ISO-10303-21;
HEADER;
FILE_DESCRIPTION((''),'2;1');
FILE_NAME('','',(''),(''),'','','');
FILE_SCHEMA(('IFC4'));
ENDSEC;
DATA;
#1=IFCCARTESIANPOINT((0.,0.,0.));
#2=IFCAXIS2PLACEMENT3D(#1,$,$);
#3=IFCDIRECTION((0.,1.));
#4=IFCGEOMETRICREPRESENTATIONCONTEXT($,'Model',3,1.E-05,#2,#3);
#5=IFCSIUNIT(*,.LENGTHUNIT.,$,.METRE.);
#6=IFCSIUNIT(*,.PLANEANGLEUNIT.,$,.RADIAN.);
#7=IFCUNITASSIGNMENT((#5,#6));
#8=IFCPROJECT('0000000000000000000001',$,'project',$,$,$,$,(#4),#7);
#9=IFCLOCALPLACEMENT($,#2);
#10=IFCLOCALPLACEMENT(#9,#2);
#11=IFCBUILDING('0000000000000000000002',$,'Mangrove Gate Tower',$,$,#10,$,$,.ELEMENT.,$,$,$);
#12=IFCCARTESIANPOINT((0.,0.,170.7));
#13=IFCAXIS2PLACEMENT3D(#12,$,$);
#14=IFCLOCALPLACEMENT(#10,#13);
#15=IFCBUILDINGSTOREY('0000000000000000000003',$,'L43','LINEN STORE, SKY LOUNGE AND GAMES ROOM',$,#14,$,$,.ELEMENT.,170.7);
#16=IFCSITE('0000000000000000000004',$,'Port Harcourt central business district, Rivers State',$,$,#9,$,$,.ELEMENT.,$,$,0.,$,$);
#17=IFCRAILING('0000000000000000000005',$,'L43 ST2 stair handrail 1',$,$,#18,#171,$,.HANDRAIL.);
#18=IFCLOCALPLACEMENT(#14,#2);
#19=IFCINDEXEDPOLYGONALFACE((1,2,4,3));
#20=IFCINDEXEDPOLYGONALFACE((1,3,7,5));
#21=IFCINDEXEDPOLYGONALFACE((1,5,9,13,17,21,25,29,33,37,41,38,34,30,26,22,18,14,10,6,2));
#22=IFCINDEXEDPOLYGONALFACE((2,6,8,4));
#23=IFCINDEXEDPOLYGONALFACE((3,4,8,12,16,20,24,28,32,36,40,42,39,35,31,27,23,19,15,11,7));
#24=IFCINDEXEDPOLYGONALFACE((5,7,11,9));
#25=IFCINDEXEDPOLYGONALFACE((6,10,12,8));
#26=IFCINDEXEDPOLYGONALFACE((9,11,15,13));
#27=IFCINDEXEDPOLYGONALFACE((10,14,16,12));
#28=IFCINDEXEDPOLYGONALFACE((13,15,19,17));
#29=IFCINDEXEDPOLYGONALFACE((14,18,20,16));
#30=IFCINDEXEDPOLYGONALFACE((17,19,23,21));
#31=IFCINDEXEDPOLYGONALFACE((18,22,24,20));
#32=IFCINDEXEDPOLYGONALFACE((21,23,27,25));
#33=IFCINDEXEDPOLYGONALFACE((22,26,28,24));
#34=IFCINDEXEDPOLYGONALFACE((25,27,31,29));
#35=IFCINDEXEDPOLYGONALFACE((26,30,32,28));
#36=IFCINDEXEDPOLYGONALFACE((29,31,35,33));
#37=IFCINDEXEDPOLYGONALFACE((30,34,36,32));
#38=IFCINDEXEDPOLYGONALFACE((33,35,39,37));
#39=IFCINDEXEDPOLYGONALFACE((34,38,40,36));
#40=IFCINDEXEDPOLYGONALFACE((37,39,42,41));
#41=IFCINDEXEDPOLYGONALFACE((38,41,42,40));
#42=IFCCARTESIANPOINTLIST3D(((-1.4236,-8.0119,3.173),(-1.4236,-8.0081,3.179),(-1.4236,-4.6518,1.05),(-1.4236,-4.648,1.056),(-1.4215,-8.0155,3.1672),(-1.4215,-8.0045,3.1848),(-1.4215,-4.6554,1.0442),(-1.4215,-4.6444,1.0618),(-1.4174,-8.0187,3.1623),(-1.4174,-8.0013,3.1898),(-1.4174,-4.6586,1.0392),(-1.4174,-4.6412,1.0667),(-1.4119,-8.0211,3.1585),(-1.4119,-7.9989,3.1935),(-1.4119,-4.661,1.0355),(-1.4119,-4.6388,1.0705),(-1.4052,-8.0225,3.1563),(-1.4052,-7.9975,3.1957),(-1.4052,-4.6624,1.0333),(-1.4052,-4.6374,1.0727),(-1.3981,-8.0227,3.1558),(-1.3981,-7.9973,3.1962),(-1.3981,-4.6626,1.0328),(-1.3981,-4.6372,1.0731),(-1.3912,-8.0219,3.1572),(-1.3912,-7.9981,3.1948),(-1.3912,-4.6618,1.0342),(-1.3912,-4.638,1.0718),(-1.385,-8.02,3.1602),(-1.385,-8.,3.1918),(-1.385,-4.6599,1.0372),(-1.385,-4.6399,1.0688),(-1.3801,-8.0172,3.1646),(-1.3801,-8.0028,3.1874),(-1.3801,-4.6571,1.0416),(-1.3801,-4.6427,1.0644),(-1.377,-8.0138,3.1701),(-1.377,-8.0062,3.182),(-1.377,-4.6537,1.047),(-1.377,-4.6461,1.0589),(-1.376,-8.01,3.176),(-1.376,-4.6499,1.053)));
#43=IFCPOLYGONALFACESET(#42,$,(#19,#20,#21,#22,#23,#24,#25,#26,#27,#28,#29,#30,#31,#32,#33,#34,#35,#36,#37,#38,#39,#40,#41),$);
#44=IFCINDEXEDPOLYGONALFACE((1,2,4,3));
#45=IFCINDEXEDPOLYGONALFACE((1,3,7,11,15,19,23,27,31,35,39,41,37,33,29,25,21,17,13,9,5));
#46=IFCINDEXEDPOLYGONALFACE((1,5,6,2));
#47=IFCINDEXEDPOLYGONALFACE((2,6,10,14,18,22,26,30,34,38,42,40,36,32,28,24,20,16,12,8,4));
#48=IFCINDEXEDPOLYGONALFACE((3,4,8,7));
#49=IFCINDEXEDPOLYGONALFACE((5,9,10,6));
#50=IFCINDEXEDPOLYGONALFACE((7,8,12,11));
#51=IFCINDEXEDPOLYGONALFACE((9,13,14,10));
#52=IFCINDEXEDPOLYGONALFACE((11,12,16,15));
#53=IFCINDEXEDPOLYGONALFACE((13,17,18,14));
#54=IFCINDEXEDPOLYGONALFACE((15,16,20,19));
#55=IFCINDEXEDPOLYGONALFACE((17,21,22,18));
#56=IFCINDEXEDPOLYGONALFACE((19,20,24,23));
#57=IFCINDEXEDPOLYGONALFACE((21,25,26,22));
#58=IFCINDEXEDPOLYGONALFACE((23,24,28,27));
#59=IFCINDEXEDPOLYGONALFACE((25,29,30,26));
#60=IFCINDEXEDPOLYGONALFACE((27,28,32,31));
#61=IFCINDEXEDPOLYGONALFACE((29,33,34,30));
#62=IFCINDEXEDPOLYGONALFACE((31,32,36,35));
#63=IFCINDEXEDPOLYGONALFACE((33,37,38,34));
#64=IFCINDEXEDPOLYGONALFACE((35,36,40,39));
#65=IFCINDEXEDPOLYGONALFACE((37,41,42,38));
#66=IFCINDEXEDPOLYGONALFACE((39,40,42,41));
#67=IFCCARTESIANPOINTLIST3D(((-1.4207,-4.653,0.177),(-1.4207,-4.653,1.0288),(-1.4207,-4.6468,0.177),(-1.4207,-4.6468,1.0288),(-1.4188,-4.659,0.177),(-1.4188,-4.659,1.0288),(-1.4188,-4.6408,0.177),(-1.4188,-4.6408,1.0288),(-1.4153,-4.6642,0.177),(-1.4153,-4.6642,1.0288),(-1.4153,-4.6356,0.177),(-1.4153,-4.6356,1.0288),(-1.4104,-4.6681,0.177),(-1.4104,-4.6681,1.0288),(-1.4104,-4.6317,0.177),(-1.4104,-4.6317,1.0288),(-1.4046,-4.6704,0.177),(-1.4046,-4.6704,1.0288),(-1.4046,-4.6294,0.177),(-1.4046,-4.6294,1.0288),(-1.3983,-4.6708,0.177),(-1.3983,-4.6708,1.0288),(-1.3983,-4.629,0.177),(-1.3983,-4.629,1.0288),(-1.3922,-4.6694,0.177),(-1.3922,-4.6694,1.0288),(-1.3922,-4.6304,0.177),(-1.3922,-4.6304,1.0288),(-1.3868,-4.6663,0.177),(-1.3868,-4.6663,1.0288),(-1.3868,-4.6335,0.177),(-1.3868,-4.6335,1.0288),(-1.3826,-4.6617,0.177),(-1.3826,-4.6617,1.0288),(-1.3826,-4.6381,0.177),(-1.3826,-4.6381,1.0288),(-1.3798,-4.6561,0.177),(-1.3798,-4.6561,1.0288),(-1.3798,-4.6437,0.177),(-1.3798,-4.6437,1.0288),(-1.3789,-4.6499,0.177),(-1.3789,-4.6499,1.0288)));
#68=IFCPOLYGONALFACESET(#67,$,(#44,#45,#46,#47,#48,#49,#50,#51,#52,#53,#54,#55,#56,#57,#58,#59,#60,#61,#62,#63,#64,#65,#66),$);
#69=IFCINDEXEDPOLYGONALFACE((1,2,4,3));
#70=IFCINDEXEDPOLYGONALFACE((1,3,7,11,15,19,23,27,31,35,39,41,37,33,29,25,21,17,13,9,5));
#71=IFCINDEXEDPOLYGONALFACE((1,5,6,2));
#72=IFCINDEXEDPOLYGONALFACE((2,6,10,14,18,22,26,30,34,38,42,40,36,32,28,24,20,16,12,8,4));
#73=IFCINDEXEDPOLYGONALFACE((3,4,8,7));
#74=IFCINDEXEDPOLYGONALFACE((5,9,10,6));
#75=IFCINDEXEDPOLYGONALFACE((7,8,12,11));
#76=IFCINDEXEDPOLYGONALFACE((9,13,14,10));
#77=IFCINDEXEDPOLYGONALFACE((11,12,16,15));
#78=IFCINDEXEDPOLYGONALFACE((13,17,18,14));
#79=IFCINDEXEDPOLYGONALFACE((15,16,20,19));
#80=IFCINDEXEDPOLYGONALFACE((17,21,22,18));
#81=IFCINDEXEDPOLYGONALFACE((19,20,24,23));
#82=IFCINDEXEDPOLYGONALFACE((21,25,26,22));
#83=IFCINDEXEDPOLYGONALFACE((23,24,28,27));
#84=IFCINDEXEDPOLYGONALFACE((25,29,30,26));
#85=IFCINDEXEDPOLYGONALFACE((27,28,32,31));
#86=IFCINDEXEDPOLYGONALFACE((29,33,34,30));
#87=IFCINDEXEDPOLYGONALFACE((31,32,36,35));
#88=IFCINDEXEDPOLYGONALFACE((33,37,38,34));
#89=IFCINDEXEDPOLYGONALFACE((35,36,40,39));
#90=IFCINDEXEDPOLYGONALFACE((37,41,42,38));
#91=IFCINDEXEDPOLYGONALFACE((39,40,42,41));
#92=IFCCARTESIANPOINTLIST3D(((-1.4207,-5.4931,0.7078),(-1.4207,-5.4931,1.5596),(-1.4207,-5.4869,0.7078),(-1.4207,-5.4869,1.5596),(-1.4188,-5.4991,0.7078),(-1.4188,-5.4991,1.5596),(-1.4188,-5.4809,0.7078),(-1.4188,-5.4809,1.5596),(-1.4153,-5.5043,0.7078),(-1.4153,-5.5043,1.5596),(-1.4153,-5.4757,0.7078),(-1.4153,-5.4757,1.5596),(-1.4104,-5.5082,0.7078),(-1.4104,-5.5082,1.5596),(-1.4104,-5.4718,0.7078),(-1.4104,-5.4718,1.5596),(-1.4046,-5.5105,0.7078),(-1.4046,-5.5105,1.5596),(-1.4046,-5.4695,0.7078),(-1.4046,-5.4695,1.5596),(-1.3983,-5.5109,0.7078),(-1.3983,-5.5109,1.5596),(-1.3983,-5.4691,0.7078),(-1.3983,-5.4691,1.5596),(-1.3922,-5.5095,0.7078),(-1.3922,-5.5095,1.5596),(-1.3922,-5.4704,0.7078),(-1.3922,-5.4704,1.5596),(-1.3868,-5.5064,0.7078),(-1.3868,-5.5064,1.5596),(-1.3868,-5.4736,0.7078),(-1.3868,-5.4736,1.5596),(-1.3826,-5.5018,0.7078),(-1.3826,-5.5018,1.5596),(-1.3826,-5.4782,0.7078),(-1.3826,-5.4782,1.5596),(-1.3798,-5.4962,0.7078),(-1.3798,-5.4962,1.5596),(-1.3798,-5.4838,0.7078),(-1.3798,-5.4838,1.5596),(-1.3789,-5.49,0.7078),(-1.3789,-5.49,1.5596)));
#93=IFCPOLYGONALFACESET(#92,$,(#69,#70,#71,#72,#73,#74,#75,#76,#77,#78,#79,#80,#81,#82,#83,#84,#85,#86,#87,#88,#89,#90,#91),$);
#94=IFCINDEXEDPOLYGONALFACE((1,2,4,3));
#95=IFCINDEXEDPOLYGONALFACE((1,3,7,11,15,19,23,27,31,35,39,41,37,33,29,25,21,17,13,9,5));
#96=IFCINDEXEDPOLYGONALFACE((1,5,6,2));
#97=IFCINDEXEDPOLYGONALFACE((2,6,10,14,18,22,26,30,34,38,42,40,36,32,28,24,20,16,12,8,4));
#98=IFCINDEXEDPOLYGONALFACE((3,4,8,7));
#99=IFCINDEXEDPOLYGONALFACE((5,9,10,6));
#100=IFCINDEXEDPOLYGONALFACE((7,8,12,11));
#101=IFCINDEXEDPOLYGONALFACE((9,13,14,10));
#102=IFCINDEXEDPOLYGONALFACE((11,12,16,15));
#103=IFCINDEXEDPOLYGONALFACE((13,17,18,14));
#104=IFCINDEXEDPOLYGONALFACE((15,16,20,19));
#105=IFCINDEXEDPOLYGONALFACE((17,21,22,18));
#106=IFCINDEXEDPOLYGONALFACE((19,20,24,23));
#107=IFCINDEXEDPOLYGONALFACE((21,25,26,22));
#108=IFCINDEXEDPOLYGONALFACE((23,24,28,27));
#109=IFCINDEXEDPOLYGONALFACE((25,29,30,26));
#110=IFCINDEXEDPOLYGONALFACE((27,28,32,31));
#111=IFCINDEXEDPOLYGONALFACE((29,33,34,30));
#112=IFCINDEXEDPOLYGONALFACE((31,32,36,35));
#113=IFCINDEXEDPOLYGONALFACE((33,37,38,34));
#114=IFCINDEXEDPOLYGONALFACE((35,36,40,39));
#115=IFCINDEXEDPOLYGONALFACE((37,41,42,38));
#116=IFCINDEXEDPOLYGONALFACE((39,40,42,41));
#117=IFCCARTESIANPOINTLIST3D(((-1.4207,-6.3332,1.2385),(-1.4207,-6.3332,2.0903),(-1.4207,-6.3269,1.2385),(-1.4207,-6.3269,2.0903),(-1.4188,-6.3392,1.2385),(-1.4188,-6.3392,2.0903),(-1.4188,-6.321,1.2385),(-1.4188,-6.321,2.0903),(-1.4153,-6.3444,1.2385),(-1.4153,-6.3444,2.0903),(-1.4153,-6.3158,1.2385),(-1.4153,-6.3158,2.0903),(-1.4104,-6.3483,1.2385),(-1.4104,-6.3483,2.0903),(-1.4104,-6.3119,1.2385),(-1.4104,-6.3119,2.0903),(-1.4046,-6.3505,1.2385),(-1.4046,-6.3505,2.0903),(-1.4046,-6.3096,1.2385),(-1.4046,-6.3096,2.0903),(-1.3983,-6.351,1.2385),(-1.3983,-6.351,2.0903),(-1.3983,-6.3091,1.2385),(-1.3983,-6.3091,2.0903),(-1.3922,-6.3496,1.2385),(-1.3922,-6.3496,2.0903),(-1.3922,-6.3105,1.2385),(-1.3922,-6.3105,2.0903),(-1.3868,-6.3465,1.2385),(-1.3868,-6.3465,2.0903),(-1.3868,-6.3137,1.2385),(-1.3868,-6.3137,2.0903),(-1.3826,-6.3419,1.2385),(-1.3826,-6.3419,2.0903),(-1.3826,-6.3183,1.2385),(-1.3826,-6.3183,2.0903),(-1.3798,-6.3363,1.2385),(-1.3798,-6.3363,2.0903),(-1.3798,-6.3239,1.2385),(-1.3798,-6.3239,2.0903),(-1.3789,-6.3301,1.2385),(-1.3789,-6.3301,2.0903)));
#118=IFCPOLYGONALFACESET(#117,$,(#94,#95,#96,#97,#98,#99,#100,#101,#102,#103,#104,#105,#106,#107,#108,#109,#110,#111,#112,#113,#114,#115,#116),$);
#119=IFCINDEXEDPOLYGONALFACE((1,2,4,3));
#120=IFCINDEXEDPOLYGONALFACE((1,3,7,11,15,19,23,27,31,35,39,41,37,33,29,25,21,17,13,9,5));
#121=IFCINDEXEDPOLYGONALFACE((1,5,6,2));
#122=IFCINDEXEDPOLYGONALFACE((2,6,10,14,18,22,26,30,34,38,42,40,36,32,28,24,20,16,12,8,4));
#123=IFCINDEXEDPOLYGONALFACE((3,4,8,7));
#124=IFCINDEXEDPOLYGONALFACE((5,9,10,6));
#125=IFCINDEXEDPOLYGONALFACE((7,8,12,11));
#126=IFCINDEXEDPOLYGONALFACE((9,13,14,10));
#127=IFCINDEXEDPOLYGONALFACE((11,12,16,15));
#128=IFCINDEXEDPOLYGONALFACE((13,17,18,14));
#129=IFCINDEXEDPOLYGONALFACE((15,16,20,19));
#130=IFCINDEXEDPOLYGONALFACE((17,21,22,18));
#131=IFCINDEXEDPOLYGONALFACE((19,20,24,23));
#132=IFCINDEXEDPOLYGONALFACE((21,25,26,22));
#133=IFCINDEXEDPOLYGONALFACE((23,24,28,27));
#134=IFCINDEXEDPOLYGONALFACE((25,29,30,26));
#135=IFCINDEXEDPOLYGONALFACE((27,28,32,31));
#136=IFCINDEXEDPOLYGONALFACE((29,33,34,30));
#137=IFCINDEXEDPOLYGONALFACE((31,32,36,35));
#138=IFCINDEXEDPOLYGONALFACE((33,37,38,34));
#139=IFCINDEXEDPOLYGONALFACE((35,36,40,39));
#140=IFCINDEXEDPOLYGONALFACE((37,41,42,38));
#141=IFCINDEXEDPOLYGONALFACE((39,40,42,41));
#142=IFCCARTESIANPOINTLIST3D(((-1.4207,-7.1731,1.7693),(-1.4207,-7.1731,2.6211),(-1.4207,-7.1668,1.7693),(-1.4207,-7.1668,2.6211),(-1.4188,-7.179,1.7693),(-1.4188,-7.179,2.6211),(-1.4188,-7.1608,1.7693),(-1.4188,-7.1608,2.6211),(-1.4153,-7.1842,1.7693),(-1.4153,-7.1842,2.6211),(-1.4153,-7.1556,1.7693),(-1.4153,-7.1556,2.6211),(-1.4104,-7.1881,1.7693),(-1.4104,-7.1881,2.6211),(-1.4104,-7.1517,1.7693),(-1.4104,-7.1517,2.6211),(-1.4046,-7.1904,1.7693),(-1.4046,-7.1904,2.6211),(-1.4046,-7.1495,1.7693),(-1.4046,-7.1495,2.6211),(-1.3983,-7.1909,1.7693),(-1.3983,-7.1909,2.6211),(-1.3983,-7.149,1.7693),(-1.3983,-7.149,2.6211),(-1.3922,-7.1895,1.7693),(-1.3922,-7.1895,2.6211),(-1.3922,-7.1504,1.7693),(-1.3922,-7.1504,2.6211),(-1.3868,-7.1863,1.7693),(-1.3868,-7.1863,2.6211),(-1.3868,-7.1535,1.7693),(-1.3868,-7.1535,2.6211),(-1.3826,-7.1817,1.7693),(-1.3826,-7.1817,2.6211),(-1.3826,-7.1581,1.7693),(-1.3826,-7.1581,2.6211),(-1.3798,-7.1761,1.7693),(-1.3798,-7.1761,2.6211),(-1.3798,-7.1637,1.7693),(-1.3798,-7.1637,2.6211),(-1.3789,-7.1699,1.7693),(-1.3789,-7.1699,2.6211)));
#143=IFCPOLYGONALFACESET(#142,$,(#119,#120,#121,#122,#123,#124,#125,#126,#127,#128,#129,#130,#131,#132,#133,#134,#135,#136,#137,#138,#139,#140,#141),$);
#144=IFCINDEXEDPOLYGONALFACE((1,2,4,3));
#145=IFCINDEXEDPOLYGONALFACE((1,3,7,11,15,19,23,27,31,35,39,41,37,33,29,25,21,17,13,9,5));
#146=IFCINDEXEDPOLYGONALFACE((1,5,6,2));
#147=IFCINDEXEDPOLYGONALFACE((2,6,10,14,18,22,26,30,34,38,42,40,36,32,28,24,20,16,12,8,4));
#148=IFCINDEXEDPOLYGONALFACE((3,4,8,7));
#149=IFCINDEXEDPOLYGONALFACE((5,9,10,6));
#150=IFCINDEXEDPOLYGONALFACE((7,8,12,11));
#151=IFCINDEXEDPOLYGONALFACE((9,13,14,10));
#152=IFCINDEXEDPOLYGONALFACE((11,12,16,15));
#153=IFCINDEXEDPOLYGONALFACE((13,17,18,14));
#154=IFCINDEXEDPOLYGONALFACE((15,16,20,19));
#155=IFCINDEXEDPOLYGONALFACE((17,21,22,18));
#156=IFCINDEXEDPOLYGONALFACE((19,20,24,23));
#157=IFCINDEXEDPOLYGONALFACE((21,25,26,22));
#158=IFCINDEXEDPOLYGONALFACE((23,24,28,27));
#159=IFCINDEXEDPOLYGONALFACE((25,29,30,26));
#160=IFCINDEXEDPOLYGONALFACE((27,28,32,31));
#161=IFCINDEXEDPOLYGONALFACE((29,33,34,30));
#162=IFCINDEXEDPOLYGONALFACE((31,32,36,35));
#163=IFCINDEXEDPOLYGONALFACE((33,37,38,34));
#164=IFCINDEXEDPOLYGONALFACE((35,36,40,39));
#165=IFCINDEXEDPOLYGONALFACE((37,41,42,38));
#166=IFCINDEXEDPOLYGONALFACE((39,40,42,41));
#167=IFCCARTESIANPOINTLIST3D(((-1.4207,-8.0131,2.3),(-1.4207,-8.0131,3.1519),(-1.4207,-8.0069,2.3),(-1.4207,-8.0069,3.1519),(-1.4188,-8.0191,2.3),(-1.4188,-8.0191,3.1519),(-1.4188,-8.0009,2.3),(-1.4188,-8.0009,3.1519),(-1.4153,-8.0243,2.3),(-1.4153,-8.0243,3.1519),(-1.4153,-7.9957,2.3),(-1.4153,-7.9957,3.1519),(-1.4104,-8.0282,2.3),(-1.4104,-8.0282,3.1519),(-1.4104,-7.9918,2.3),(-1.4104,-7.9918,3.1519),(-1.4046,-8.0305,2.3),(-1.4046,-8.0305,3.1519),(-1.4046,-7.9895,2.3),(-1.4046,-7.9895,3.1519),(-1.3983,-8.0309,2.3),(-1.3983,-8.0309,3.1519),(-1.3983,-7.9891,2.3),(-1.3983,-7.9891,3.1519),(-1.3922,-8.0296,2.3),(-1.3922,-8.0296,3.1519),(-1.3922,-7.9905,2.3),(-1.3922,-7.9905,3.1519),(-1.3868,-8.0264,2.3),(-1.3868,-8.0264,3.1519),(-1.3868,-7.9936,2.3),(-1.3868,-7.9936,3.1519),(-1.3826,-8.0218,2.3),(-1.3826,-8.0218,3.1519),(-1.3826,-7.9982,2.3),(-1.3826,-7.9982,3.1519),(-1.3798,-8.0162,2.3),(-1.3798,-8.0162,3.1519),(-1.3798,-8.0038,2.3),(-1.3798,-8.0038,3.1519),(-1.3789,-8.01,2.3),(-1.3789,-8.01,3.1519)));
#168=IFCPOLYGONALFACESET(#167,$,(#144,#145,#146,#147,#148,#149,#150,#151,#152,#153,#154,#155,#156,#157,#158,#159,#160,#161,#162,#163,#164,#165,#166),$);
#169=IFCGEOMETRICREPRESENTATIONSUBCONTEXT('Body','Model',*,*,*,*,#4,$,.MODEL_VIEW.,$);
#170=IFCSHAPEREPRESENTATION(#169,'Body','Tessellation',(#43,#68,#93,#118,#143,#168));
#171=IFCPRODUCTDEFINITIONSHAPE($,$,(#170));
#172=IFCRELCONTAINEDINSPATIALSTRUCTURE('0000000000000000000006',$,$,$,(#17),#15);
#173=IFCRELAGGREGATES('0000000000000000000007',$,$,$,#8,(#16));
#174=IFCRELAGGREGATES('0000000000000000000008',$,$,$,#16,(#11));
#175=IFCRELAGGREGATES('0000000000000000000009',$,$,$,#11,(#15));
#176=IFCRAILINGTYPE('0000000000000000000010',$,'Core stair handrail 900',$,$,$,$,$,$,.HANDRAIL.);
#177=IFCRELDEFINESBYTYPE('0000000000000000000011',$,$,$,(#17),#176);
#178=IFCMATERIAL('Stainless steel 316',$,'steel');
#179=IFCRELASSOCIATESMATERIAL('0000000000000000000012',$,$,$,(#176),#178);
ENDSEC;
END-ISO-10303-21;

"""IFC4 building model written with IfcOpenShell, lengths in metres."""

from ifc_helpers import new_model, si_unit, direction, frame, origin, origin_2d, place, context, subcontext, project, spatial, circle, extrude, material, type_object, element, save


model = new_model("IFC4")

# Units and contexts
model_context = context("Model", 3, precision=1e-05, world=origin(), true_north=direction((0.0, 1.0)))
body_context = subcontext(model_context, "Body", "Model", "MODEL_VIEW")
ifc_project = project(units=[si_unit("LENGTHUNIT", "METRE"), si_unit("PLANEANGLEUNIT", "RADIAN")], contexts=[model_context])

# Site, building, storey
site_placement = place(None, origin())
site = spatial("IfcSite", under=ifc_project, at=site_placement, Name="Port Harcourt central business district, Rivers State", CompositionType="ELEMENT", RefElevation=0.0)
building_placement = place(site_placement, origin())
building = spatial("IfcBuilding", under=site, at=building_placement, Name="Mangrove Gate Tower", CompositionType="ELEMENT")
storey_placement = place(building_placement, frame((0.0, 0.0, 170.7)))
storey = spatial("IfcBuildingStorey", under=building, at=storey_placement, Name="L43", Description="LINEN STORE, SKY LOUNGE AND GAMES ROOM", CompositionType="ELEMENT", Elevation=170.7)

# Railing
ifc_material_1 = material(Name="Stainless steel 316", Category="steel")
railing_type_1 = type_object("IfcRailingType", Name="Core stair handrail 900", PredefinedType="HANDRAIL", material=ifc_material_1)
railing_1_placement = place(storey_placement, frame((-1.3999, -4.6499, 0.177)))
element("IfcRailing", 1, at=railing_1_placement, inside=storey, type_object=railing_type_1, Name="L43 ST2 stair handrail 1", PredefinedType="HANDRAIL", context=body_context, shape_type="SweptSolid", body=[
    extrude(circle(Radius=0.0239, at=origin_2d()), frame((0.0, 0.0, 0.876), z_axis=(0.0, -0.84539, 0.53415), x_axis=(1.0, 0.0, 0.0)), (0.0, 0.0, 1.0), 3.9746),
    extrude(circle(Radius=0.021, at=origin_2d()), origin(), (0.0, 0.0, 1.0), 0.8518),
    extrude(circle(Radius=0.021, at=origin_2d()), frame((0.0, -0.8401, 0.5308)), (0.0, 0.0, 1.0), 0.8518),
    extrude(circle(Radius=0.021, at=origin_2d()), frame((0.0, -1.6802, 1.0615)), (0.0, 0.0, 1.0), 0.8518),
    extrude(circle(Radius=0.021, at=origin_2d()), frame((0.0, -2.52, 1.5923)), (0.0, 0.0, 1.0), 0.8518),
    extrude(circle(Radius=0.021, at=origin_2d()), frame((0.0, -3.3601, 2.123)), (0.0, 0.0, 1.0), 0.8518),
])

save(model, "model.ifc")
